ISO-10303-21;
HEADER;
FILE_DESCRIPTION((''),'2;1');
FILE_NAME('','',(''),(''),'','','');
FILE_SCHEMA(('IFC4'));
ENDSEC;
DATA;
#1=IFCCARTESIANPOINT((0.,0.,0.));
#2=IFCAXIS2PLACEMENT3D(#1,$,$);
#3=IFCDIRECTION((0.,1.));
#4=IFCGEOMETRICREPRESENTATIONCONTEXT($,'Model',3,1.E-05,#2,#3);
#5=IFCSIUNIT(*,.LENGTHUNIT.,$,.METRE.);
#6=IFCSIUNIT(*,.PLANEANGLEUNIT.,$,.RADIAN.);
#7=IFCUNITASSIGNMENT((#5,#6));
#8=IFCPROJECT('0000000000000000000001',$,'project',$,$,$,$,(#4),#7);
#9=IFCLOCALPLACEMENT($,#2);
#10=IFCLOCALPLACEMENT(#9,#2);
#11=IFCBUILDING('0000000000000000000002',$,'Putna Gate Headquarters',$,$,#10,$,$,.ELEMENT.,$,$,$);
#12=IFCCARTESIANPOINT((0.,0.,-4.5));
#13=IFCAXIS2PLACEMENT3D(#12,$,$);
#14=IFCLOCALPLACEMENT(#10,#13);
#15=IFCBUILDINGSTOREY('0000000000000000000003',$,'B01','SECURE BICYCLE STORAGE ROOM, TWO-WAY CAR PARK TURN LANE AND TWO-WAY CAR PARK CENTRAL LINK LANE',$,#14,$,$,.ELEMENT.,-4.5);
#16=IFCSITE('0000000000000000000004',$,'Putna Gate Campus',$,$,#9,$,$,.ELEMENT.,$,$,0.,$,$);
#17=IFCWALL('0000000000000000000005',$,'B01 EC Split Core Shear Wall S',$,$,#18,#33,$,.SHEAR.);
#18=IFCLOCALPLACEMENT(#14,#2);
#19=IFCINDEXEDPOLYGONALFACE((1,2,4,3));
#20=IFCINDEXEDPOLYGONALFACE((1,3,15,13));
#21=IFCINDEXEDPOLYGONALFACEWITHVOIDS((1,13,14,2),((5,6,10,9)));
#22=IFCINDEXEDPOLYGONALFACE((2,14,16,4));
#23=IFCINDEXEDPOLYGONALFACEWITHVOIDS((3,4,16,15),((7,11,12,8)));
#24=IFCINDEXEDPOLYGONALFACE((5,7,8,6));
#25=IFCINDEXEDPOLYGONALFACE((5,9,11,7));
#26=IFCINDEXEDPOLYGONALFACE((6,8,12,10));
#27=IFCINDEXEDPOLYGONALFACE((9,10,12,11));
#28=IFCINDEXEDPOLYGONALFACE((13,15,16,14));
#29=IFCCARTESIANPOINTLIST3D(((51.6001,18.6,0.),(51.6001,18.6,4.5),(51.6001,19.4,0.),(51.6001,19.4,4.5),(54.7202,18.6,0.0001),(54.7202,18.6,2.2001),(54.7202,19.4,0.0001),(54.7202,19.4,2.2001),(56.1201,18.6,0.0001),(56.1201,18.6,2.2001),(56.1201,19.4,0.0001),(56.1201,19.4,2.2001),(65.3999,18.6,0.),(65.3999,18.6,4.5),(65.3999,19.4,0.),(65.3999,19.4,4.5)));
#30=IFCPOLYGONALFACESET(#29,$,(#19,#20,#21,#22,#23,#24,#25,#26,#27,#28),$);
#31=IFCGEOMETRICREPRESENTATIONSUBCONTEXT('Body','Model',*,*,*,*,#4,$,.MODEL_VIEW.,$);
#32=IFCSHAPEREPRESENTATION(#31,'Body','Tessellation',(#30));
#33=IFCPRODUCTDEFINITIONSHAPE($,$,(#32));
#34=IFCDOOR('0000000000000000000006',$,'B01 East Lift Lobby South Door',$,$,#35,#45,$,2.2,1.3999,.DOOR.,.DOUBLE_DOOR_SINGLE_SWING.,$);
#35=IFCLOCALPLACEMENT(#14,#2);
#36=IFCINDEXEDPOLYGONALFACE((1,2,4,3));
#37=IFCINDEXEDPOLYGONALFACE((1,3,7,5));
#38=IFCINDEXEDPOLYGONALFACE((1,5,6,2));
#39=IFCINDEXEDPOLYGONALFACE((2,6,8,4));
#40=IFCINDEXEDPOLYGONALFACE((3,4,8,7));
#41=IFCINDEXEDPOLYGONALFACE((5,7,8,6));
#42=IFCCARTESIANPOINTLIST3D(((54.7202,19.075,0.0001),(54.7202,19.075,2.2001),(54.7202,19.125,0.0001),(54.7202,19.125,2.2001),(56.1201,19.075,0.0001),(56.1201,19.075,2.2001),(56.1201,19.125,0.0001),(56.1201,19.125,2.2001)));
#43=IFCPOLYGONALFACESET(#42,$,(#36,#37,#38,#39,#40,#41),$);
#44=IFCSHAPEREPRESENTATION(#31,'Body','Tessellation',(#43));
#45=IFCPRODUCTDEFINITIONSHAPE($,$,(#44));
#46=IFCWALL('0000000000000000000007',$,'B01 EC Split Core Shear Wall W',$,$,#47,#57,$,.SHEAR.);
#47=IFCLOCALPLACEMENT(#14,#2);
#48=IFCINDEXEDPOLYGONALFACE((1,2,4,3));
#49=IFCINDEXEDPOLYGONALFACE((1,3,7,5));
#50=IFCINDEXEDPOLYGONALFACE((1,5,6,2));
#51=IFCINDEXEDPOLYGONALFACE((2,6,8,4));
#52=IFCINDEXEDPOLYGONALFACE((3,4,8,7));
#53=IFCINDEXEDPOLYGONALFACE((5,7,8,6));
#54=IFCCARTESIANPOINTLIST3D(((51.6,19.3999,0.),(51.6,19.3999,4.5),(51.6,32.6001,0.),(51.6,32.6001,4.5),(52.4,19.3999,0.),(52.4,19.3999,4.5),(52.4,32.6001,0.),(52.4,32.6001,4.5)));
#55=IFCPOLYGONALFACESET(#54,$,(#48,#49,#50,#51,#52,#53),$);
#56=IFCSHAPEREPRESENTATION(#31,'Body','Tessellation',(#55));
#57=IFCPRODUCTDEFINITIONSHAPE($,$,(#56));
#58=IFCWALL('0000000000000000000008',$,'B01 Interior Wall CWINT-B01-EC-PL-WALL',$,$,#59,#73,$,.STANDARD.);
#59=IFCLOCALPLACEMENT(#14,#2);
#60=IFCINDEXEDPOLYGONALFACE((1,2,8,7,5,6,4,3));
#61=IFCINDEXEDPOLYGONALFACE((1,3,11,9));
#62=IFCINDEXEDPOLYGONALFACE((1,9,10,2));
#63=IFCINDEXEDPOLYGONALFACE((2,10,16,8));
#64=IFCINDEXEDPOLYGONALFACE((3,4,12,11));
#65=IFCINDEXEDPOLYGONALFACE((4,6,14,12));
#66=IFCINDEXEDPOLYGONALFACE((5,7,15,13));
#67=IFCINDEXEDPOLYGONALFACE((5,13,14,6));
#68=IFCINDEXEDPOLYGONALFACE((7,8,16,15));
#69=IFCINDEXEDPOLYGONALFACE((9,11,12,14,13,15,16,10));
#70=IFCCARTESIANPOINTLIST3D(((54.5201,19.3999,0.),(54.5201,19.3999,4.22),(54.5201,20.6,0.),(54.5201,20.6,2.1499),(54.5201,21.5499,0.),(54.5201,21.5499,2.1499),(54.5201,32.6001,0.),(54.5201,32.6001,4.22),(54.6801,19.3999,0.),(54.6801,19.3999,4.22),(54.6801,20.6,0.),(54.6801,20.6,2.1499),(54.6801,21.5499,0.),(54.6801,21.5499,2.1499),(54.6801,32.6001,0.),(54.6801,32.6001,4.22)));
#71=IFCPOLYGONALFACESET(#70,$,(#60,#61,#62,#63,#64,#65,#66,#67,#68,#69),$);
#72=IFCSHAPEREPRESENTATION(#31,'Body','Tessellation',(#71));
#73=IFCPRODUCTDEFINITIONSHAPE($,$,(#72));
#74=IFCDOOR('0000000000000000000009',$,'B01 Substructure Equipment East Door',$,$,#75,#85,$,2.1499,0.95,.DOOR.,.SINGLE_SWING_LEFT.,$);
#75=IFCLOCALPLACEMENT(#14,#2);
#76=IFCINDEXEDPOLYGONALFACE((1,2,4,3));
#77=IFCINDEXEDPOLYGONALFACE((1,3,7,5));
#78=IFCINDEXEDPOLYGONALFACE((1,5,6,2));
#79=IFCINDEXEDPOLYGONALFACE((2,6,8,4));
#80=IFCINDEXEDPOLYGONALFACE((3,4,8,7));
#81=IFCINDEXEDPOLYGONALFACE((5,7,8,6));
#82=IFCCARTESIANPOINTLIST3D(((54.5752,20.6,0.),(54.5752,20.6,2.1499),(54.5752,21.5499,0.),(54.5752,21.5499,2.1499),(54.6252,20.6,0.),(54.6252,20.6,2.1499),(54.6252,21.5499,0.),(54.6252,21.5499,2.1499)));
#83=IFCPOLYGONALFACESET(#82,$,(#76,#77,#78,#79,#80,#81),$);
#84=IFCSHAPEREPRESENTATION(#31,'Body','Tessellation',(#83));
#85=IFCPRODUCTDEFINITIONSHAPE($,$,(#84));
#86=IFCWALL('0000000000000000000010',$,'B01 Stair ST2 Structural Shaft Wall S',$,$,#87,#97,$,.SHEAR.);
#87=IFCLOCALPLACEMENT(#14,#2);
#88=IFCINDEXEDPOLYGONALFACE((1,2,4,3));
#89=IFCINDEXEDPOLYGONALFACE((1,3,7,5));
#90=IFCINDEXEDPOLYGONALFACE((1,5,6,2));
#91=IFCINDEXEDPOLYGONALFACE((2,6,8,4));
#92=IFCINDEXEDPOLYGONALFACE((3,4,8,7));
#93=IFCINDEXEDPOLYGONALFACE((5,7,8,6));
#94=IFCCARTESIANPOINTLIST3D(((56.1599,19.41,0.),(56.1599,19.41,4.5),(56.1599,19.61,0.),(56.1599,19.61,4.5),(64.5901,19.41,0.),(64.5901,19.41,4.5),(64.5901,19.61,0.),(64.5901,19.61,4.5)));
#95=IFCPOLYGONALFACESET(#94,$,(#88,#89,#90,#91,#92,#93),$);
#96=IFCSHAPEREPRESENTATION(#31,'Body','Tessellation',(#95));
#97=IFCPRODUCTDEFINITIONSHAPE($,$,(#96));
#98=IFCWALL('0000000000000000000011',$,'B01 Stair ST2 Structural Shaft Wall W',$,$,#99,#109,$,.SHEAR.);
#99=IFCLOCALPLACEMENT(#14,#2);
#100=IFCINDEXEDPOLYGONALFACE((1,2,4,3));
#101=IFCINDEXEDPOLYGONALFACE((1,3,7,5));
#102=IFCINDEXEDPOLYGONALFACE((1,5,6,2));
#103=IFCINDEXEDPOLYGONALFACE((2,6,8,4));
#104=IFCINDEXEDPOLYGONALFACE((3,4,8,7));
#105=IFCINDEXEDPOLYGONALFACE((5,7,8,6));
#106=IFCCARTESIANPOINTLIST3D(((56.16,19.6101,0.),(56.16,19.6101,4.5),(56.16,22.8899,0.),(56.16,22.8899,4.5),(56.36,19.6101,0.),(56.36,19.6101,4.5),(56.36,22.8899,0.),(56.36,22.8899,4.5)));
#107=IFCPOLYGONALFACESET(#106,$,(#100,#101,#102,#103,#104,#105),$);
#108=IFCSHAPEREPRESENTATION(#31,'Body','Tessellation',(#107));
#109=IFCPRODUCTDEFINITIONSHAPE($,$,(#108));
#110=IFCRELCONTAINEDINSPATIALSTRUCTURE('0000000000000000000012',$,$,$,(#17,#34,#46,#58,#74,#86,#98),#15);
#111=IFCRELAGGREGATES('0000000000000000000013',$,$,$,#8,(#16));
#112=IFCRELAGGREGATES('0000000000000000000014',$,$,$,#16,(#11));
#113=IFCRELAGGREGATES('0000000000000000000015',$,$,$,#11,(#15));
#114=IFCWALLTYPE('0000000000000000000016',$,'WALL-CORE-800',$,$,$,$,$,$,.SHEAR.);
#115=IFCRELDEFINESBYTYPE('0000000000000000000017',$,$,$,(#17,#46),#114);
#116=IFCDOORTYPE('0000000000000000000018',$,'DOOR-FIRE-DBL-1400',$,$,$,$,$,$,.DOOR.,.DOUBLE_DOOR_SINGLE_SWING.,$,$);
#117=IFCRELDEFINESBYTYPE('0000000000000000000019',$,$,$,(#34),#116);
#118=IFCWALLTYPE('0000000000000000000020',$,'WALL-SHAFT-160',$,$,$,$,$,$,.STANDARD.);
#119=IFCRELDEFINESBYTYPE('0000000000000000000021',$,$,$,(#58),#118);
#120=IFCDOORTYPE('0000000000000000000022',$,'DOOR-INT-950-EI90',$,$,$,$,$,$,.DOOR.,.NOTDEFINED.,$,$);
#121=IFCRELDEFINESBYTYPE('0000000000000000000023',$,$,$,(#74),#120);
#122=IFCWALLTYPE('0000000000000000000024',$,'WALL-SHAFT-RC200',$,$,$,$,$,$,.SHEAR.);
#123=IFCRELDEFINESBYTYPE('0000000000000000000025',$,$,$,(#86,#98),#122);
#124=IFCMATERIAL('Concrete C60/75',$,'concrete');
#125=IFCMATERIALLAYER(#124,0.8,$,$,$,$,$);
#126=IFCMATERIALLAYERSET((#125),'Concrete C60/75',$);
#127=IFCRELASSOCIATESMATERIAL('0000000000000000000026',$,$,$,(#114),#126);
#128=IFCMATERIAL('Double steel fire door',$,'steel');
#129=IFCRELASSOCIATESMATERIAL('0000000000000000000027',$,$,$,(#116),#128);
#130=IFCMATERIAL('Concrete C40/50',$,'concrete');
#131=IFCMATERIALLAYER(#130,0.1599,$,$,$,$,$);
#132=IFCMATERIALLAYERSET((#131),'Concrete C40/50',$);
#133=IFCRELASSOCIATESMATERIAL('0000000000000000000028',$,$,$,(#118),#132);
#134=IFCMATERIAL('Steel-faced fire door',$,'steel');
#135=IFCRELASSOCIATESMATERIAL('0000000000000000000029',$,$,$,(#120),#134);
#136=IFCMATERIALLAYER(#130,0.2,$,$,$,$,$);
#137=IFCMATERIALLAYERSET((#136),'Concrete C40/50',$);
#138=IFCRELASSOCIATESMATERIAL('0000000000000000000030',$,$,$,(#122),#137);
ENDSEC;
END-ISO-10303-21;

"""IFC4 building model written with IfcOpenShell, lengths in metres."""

from ifc_helpers import new_model, si_unit, direction, frame, frame_2d, origin, place, context, subcontext, project, spatial, rectangle, extrude, material, layer, layer_set, type_object, element, fill, save


model = new_model("IFC4")

# Units and contexts
model_context = context("Model", 3, precision=1e-05, world=origin(), true_north=direction((0.0, 1.0)))
body_context = subcontext(model_context, "Body", "Model", "MODEL_VIEW")
ifc_project = project(units=[si_unit("LENGTHUNIT", "METRE"), si_unit("PLANEANGLEUNIT", "RADIAN")], contexts=[model_context])

# Site, building, storey
site_placement = place(None, origin())
site = spatial("IfcSite", under=ifc_project, at=site_placement, Name="Putna Gate Campus", CompositionType="ELEMENT", RefElevation=0.0)
building_placement = place(site_placement, origin())
building = spatial("IfcBuilding", under=site, at=building_placement, Name="Putna Gate Headquarters", CompositionType="ELEMENT")
storey_placement = place(building_placement, frame((0.0, 0.0, -4.5)))
storey = spatial("IfcBuildingStorey", under=building, at=storey_placement, Name="B01", Description="SECURE BICYCLE STORAGE ROOM, TWO-WAY CAR PARK TURN LANE AND TWO-WAY CAR PARK CENTRAL LINK LANE", CompositionType="ELEMENT", Elevation=-4.5)

# Shared definitions
ifc_material_1 = material(Name="Concrete C60/75", Category="concrete")

# Wall, opening, door
ifc_layer_1 = layer(ifc_material_1, 0.8)
ifc_layer_set_1 = layer_set([ifc_layer_1], Name="Concrete C60/75")
wall_type_1 = type_object("IfcWallType", Name="WALL-CORE-800", PredefinedType="SHEAR", material=ifc_layer_set_1)
wall_1_placement = place(storey_placement, frame((51.6001, 19.0, 0.0), z_axis=(0.0, 0.0, 1.0), x_axis=(1.0, 0.0, 0.0)))
wall_1 = element("IfcWall", 1, at=wall_1_placement, inside=storey, type_object=wall_type_1, Name="B01 EC Split Core Shear Wall S", PredefinedType="SHEAR", context=body_context, shape_type="SweptSolid", body=[
    extrude(rectangle(XDim=13.7998, YDim=0.8, at=frame_2d((6.8999, 0.0))), origin(), (0.0, 0.0, 1.0), 4.5),
])
opening_1_placement = place(wall_1_placement, frame((3.1201, 0.0, 0.0)))
opening_1 = element("IfcOpeningElement", 2, at=opening_1_placement, cuts=wall_1, PredefinedType="OPENING", context=body_context, shape_type="SweptSolid", body=[
    extrude(rectangle(XDim=1.3999, YDim=2.2, at=frame_2d((0.7, 1.1001))), frame((0.0, 0.4099, 0.0), z_axis=(0.0, -1.0, 0.0), x_axis=(1.0, 0.0, 0.0)), (0.0, 0.0, 1.0), 0.8201),
])
ifc_material_2 = material(Name="Double steel fire door", Category="steel")
door_type_1 = type_object("IfcDoorType", Name="DOOR-FIRE-DBL-1400", OperationType="DOUBLE_DOOR_SINGLE_SWING", PredefinedType="DOOR", material=ifc_material_2)
door_1_placement = place(opening_1_placement, origin())
door_1 = element("IfcDoor", 3, at=door_1_placement, inside=storey, type_object=door_type_1, Name="B01 East Lift Lobby South Door", OperationType="DOUBLE_DOOR_SINGLE_SWING", OverallHeight=2.2, OverallWidth=1.3999, PredefinedType="DOOR", context=body_context, shape_type="SweptSolid", body=[
    extrude(rectangle(XDim=1.3999, YDim=2.2, at=frame_2d((0.7, 1.1001))), frame((0.0, 0.125, 0.0), z_axis=(0.0, -1.0, 0.0), x_axis=(1.0, 0.0, 0.0)), (0.0, 0.0, 1.0), 0.05),
])
fill(opening_1, door_1)

# Wall
wall_2_placement = place(storey_placement, frame((52.0, 19.3999, 0.0), z_axis=(0.0, 0.0, 1.0), x_axis=(0.0, 1.0, 0.0)))
element("IfcWall", 4, at=wall_2_placement, inside=storey, type_object=wall_type_1, Name="B01 EC Split Core Shear Wall W", PredefinedType="SHEAR", context=body_context, shape_type="SweptSolid", body=[
    extrude(rectangle(XDim=13.2002, YDim=0.8, at=frame_2d((6.6001, 0.0))), origin(), (0.0, 0.0, 1.0), 4.5),
])

# Wall, opening, door
ifc_material_3 = material(Name="Concrete C40/50", Category="concrete")
ifc_layer_2 = layer(ifc_material_3, 0.1599)
ifc_layer_set_2 = layer_set([ifc_layer_2], Name="Concrete C40/50")
wall_type_2 = type_object("IfcWallType", Name="WALL-SHAFT-160", PredefinedType="STANDARD", material=ifc_layer_set_2)
wall_3_placement = place(storey_placement, frame((54.6001, 19.3999, 0.0), z_axis=(0.0, 0.0, 1.0), x_axis=(0.0, 1.0, 0.0)))
wall_3 = element("IfcWall", 5, at=wall_3_placement, inside=storey, type_object=wall_type_2, Name="B01 Interior Wall CWINT-B01-EC-PL-WALL", PredefinedType="STANDARD", context=body_context, shape_type="SweptSolid", body=[
    extrude(rectangle(XDim=13.2002, YDim=0.1599, at=frame_2d((6.6001, 0.0))), origin(), (0.0, 0.0, 1.0), 4.22),
])
opening_2_placement = place(wall_3_placement, frame((1.2, 0.0, 0.0)))
opening_2 = element("IfcOpeningElement", 6, at=opening_2_placement, cuts=wall_3, PredefinedType="OPENING", context=body_context, shape_type="SweptSolid", body=[
    extrude(rectangle(XDim=0.95, YDim=2.1499, at=frame_2d((0.4751, 1.075))), frame((0.0, 0.0898, 0.0), z_axis=(0.0, -1.0, 0.0), x_axis=(1.0, 0.0, 0.0)), (0.0, 0.0, 1.0), 0.1799),
])
ifc_material_4 = material(Name="Steel-faced fire door", Category="steel")
door_type_2 = type_object("IfcDoorType", Name="DOOR-INT-950-EI90", OperationType="NOTDEFINED", PredefinedType="DOOR", material=ifc_material_4)
door_2_placement = place(opening_2_placement, origin())
door_2 = element("IfcDoor", 7, at=door_2_placement, inside=storey, type_object=door_type_2, Name="B01 Substructure Equipment East Door", OperationType="SINGLE_SWING_LEFT", OverallHeight=2.1499, OverallWidth=0.95, PredefinedType="DOOR", context=body_context, shape_type="SweptSolid", body=[
    extrude(rectangle(XDim=0.95, YDim=2.1499, at=frame_2d((0.4751, 1.075))), frame((0.0, 0.0249, 0.0), z_axis=(0.0, -1.0, 0.0), x_axis=(1.0, 0.0, 0.0)), (0.0, 0.0, 1.0), 0.05),
])
fill(opening_2, door_2)

# Walls
ifc_layer_3 = layer(ifc_material_3, 0.2)
ifc_layer_set_3 = layer_set([ifc_layer_3], Name="Concrete C40/50")
wall_type_3 = type_object("IfcWallType", Name="WALL-SHAFT-RC200", PredefinedType="SHEAR", material=ifc_layer_set_3)
wall_4_placement = place(storey_placement, frame((56.1599, 19.51, 0.0), z_axis=(0.0, 0.0, 1.0), x_axis=(1.0, 0.0, 0.0)))
element("IfcWall", 8, at=wall_4_placement, inside=storey, type_object=wall_type_3, Name="B01 Stair ST2 Structural Shaft Wall S", PredefinedType="SHEAR", context=body_context, shape_type="SweptSolid", body=[
    extrude(rectangle(XDim=8.4302, YDim=0.2, at=frame_2d((4.2151, 0.0))), origin(), (0.0, 0.0, 1.0), 4.5),
])
wall_5_placement = place(storey_placement, frame((56.26, 19.6101, 0.0), z_axis=(0.0, 0.0, 1.0), x_axis=(0.0, 1.0, 0.0)))
element("IfcWall", 9, at=wall_5_placement, inside=storey, type_object=wall_type_3, Name="B01 Stair ST2 Structural Shaft Wall W", PredefinedType="SHEAR", context=body_context, shape_type="SweptSolid", body=[
    extrude(rectangle(XDim=3.2798, YDim=0.2, at=frame_2d((1.6399, 0.0))), origin(), (0.0, 0.0, 1.0), 4.5),
])

save(model, "model.ifc")
